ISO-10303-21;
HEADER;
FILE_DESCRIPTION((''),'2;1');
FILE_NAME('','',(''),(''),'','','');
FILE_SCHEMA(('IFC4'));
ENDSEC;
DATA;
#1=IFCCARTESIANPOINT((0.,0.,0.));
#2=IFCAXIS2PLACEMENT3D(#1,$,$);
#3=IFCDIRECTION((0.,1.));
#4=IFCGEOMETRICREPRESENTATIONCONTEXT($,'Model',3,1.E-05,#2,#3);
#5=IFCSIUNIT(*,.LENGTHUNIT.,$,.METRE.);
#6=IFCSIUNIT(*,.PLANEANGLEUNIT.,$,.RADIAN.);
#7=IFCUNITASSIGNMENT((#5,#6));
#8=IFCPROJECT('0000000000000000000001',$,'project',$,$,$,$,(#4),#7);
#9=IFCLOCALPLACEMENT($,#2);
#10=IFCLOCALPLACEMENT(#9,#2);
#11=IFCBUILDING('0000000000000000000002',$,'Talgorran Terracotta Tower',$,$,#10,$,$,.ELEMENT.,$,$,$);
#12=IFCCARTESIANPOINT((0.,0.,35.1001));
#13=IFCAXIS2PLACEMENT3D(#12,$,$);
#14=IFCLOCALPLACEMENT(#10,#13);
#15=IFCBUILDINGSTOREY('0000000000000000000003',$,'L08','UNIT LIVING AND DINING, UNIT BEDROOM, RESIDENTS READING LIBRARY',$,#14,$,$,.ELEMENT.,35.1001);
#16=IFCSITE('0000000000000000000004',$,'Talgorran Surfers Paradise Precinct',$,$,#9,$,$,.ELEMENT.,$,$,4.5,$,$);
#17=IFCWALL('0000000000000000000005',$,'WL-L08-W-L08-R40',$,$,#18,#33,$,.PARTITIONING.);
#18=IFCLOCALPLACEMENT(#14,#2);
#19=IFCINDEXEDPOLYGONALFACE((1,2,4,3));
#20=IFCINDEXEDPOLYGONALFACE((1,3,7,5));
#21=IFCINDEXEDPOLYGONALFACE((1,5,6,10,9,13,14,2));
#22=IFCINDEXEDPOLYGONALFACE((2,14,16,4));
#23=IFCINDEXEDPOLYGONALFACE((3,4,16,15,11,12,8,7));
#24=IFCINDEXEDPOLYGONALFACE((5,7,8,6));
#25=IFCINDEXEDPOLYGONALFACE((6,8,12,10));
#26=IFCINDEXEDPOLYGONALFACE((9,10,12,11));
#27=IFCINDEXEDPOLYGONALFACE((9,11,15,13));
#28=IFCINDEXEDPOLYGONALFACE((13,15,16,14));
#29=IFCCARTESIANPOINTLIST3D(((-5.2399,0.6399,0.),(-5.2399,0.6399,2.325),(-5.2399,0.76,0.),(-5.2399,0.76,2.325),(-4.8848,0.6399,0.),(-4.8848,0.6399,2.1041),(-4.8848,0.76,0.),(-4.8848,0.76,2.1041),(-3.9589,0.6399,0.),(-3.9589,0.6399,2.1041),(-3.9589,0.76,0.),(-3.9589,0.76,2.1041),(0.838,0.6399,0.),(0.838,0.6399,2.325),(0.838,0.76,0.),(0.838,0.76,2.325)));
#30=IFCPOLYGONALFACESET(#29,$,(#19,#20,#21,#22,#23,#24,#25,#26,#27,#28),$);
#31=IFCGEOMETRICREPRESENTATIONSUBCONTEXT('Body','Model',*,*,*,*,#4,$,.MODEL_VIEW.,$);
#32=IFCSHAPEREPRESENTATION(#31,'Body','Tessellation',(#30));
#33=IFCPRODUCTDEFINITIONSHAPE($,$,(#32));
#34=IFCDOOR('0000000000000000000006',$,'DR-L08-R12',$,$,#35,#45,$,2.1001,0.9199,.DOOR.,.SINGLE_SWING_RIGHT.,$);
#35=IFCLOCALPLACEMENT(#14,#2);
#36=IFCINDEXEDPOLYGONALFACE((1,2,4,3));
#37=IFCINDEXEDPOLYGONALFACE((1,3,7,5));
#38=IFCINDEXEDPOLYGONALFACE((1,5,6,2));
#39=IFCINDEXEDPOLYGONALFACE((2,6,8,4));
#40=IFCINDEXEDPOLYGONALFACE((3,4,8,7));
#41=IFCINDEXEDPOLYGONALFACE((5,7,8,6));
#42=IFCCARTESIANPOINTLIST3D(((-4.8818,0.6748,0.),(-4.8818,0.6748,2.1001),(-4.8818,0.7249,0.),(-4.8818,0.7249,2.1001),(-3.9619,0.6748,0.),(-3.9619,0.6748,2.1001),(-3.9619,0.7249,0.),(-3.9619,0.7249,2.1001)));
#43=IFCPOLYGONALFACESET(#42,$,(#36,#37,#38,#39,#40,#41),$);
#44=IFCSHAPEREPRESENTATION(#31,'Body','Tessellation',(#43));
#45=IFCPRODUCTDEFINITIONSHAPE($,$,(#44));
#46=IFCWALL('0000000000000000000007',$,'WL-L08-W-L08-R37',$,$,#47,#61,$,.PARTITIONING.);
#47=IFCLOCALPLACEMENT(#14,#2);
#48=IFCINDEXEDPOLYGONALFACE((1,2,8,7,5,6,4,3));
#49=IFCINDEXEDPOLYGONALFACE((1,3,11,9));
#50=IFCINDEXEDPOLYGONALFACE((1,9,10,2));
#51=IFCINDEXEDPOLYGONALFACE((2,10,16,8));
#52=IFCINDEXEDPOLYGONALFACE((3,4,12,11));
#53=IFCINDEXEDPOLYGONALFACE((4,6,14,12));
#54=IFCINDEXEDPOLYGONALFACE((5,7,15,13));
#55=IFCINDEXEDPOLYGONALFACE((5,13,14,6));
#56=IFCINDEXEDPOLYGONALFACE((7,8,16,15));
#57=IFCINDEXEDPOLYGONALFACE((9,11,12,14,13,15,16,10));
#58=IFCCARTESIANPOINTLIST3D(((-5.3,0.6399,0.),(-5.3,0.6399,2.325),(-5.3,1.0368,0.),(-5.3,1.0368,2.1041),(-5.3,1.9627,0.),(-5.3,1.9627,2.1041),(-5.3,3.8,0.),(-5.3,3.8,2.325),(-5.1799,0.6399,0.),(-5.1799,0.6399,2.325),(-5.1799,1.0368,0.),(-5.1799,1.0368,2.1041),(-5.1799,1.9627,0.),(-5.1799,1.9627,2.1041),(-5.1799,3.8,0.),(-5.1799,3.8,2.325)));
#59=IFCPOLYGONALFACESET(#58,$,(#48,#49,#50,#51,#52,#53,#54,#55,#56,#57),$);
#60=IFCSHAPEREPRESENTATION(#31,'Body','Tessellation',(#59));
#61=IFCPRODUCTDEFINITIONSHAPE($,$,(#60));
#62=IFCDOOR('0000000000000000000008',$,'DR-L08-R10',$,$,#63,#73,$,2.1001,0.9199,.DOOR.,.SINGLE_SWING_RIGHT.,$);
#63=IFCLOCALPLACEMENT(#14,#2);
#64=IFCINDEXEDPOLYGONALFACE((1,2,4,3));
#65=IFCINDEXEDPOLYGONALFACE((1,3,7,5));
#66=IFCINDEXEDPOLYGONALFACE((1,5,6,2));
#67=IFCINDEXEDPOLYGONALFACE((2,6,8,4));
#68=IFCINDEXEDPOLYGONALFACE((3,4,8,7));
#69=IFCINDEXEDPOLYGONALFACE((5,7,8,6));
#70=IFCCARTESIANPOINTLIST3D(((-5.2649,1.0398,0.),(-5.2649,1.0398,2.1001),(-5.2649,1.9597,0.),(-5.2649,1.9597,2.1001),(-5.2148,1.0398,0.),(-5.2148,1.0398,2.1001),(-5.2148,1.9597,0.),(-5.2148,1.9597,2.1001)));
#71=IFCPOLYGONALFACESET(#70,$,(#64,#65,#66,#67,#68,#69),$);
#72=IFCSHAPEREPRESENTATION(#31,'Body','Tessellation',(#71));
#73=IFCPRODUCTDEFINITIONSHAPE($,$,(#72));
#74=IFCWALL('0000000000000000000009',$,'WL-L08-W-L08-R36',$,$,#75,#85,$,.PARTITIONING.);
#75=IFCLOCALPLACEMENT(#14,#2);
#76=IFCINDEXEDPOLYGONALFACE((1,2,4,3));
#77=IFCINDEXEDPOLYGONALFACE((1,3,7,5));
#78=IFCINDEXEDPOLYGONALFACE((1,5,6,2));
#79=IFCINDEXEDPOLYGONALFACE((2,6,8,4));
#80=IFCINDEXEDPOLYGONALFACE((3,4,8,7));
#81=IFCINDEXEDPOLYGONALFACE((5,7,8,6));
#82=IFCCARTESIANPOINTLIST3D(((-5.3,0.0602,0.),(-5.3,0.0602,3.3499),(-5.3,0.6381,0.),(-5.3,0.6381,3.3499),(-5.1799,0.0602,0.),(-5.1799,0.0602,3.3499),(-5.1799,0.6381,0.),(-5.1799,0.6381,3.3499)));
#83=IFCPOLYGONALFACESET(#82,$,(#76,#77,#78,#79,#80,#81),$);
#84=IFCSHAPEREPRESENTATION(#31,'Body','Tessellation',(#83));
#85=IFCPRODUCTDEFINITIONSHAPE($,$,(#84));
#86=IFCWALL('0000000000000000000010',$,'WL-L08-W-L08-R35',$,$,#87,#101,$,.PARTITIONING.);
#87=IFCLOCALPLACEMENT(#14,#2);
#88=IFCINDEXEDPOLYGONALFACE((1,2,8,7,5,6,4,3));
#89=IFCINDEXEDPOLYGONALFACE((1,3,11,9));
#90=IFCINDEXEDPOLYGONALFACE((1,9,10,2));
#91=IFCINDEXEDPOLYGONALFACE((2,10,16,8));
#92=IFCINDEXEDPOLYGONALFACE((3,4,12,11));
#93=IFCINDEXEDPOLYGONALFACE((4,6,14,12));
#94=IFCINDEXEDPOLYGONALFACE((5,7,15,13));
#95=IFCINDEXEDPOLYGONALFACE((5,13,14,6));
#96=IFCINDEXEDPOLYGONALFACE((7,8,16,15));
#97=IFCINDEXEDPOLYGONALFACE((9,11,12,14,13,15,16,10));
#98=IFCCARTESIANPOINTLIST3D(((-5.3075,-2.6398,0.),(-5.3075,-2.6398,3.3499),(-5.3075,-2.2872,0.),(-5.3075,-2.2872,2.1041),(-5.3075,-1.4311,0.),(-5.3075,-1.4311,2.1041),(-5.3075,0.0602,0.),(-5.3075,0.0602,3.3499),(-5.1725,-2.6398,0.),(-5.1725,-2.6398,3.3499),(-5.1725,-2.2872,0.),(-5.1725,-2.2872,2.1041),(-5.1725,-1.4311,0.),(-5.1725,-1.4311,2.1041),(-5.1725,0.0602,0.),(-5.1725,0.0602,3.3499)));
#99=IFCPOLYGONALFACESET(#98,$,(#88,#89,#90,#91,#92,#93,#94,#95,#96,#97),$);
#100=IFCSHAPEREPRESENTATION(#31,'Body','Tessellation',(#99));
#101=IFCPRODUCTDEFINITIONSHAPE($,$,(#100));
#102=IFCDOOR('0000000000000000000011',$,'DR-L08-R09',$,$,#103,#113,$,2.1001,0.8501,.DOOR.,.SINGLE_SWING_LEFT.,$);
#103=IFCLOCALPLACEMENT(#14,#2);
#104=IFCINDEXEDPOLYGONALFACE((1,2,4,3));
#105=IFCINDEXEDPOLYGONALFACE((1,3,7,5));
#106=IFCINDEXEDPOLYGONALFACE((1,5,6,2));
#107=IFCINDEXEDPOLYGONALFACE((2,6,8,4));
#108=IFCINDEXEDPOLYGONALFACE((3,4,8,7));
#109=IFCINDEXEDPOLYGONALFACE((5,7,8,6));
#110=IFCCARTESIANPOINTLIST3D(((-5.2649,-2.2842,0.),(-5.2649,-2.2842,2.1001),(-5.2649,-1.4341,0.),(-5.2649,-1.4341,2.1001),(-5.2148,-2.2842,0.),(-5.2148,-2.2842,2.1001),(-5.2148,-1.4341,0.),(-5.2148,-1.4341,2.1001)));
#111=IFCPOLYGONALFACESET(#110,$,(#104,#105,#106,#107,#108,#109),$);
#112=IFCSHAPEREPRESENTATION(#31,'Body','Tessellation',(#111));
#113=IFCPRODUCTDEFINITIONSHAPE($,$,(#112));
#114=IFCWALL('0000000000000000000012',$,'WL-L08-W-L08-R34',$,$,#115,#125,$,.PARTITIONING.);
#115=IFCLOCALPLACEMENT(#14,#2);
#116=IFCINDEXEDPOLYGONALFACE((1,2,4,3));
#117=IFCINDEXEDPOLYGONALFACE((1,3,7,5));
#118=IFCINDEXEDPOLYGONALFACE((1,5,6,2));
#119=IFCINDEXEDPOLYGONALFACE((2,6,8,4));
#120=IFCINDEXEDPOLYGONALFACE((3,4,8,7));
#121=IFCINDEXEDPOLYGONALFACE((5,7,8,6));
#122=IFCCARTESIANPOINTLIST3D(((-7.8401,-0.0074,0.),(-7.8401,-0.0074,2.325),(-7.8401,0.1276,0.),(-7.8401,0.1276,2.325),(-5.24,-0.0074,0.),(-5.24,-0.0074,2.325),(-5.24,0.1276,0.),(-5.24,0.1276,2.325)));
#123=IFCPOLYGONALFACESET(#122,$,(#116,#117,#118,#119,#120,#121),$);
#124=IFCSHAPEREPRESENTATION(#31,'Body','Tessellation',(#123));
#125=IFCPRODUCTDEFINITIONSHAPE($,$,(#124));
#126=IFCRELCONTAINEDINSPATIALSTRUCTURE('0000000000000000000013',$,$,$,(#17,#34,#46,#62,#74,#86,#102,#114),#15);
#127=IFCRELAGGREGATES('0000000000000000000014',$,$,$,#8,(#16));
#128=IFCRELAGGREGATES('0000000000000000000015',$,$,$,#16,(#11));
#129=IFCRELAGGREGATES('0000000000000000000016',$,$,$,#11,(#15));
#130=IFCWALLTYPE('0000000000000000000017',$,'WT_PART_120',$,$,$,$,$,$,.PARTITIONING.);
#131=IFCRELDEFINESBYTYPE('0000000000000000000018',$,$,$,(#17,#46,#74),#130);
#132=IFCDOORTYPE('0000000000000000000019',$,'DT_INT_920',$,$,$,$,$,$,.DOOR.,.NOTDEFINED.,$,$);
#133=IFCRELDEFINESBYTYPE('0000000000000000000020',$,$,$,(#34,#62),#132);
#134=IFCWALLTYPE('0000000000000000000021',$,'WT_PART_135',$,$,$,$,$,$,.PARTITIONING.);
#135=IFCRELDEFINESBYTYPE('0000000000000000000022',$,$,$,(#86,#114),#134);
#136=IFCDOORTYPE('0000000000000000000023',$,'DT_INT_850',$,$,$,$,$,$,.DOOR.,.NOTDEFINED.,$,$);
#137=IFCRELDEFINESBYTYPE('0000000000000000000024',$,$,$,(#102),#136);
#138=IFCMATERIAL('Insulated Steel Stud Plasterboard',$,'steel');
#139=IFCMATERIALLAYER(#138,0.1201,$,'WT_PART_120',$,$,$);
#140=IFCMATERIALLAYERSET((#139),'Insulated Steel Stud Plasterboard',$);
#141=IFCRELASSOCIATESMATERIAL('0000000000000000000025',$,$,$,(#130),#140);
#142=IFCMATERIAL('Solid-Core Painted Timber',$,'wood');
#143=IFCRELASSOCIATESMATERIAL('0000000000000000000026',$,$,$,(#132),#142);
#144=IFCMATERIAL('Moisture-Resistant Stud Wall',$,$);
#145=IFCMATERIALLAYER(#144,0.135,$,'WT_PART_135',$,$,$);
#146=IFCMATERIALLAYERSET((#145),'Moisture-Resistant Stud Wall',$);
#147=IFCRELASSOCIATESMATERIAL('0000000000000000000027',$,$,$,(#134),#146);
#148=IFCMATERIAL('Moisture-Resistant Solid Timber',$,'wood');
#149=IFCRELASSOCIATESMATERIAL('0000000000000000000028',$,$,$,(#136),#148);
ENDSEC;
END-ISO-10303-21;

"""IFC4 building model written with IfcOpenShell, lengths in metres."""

from ifc_helpers import new_model, si_unit, direction, frame, frame_2d, origin, place, context, subcontext, project, spatial, rectangle, extrude, material, layer, layer_set, type_object, element, fill, save


model = new_model("IFC4")

# Units and contexts
model_context = context("Model", 3, precision=1e-05, world=origin(), true_north=direction((0.0, 1.0)))
body_context = subcontext(model_context, "Body", "Model", "MODEL_VIEW")
ifc_project = project(units=[si_unit("LENGTHUNIT", "METRE"), si_unit("PLANEANGLEUNIT", "RADIAN")], contexts=[model_context])

# Site, building, storey
site_placement = place(None, origin())
site = spatial("IfcSite", under=ifc_project, at=site_placement, Name="Talgorran Surfers Paradise Precinct", CompositionType="ELEMENT", RefElevation=4.5)
building_placement = place(site_placement, origin())
building = spatial("IfcBuilding", under=site, at=building_placement, Name="Talgorran Terracotta Tower", CompositionType="ELEMENT")
storey_placement = place(building_placement, frame((0.0, 0.0, 35.1001)))
storey = spatial("IfcBuildingStorey", under=building, at=storey_placement, Name="L08", Description="UNIT LIVING AND DINING, UNIT BEDROOM, RESIDENTS READING LIBRARY", CompositionType="ELEMENT", Elevation=35.1001)

# Walls, openings, doors
ifc_material_1 = material(Name="Insulated Steel Stud Plasterboard", Category="steel")
ifc_layer_1 = layer(ifc_material_1, 0.1201, Name="WT_PART_120")
ifc_layer_set_1 = layer_set([ifc_layer_1], Name="Insulated Steel Stud Plasterboard")
wall_type_1 = type_object("IfcWallType", Name="WT_PART_120", PredefinedType="PARTITIONING", material=ifc_layer_set_1)
wall_1_placement = place(storey_placement, frame((-5.24, 0.7, 0.0), z_axis=(0.0, 0.0, 1.0), x_axis=(1.0, 0.0, 0.0)))
wall_1 = element("IfcWall", 1, at=wall_1_placement, inside=storey, type_object=wall_type_1, Name="WL-L08-W-L08-R40", PredefinedType="PARTITIONING", context=body_context, shape_type="SweptSolid", body=[
    extrude(rectangle(XDim=6.0779, YDim=0.1201, at=frame_2d((3.0391, 0.0))), origin(), (0.0, 0.0, 1.0), 2.325),
])
opening_1_placement = place(wall_1_placement, frame((0.3582, 0.0, 0.0)))
opening_1 = element("IfcOpeningElement", 2, at=opening_1_placement, cuts=wall_1, PredefinedType="OPENING", context=body_context, shape_type="SweptSolid", body=[
    extrude(rectangle(XDim=0.9259, YDim=2.1041, at=frame_2d((0.46, 1.052))), frame((0.0, 0.0701, 0.0), z_axis=(0.0, -1.0, 0.0), x_axis=(1.0, 0.0, 0.0)), (0.0, 0.0, 1.0), 0.1401),
])
ifc_material_2 = material(Name="Solid-Core Painted Timber", Category="wood")
door_type_1 = type_object("IfcDoorType", Name="DT_INT_920", OperationType="NOTDEFINED", PredefinedType="DOOR", material=ifc_material_2)
door_1_placement = place(opening_1_placement, origin())
door_1 = element("IfcDoor", 3, at=door_1_placement, inside=storey, type_object=door_type_1, Name="DR-L08-R12", OperationType="SINGLE_SWING_RIGHT", OverallHeight=2.1001, OverallWidth=0.9199, PredefinedType="DOOR", context=body_context, shape_type="SweptSolid", body=[
    extrude(rectangle(XDim=0.9199, YDim=2.1001, at=frame_2d((0.46, 1.05))), frame((0.0, 0.0249, 0.0), z_axis=(0.0, -1.0, 0.0), x_axis=(1.0, 0.0, 0.0)), (0.0, 0.0, 1.0), 0.05),
])
fill(opening_1, door_1)
wall_2_placement = place(storey_placement, frame((-5.24, 0.6399, 0.0), z_axis=(0.0, 0.0, 1.0), x_axis=(0.0, 1.0, 0.0)))
wall_2 = element("IfcWall", 4, at=wall_2_placement, inside=storey, type_object=wall_type_1, Name="WL-L08-W-L08-R37", PredefinedType="PARTITIONING", context=body_context, shape_type="SweptSolid", body=[
    extrude(rectangle(XDim=3.1602, YDim=0.1201, at=frame_2d((1.5801, 0.0))), origin(), (0.0, 0.0, 1.0), 2.325),
])
opening_2_placement = place(wall_2_placement, frame((0.3999, 0.0, 0.0)))
opening_2 = element("IfcOpeningElement", 5, at=opening_2_placement, cuts=wall_2, PredefinedType="OPENING", context=body_context, shape_type="SweptSolid", body=[
    extrude(rectangle(XDim=0.9259, YDim=2.1041, at=frame_2d((0.46, 1.052))), frame((0.0, 0.0701, 0.0), z_axis=(0.0, -1.0, 0.0), x_axis=(1.0, 0.0, 0.0)), (0.0, 0.0, 1.0), 0.1401),
])
door_2_placement = place(opening_2_placement, origin())
door_2 = element("IfcDoor", 6, at=door_2_placement, inside=storey, type_object=door_type_1, Name="DR-L08-R10", OperationType="SINGLE_SWING_RIGHT", OverallHeight=2.1001, OverallWidth=0.9199, PredefinedType="DOOR", context=body_context, shape_type="SweptSolid", body=[
    extrude(rectangle(XDim=0.9199, YDim=2.1001, at=frame_2d((0.46, 1.05))), frame((0.0, 0.0249, 0.0), z_axis=(0.0, -1.0, 0.0), x_axis=(1.0, 0.0, 0.0)), (0.0, 0.0, 1.0), 0.05),
])
fill(opening_2, door_2)

# Wall
wall_3_placement = place(storey_placement, frame((-5.24, 0.0601, 0.0), z_axis=(0.0, 0.0, 1.0), x_axis=(0.0, 1.0, 0.0)))
element("IfcWall", 7, at=wall_3_placement, inside=storey, type_object=wall_type_1, Name="WL-L08-W-L08-R36", PredefinedType="PARTITIONING", context=body_context, shape_type="SweptSolid", body=[
    extrude(rectangle(XDim=0.5779, YDim=0.1201, at=frame_2d((0.2891, 0.0))), origin(), (0.0, 0.0, 1.0), 3.3499),
])

# Wall, opening, door
ifc_material_3 = material(Name="Moisture-Resistant Stud Wall")
ifc_layer_2 = layer(ifc_material_3, 0.135, Name="WT_PART_135")
ifc_layer_set_2 = layer_set([ifc_layer_2], Name="Moisture-Resistant Stud Wall")
wall_type_2 = type_object("IfcWallType", Name="WT_PART_135", PredefinedType="PARTITIONING", material=ifc_layer_set_2)
wall_4_placement = place(storey_placement, frame((-5.24, -2.6399, 0.0), z_axis=(0.0, 0.0, 1.0), x_axis=(0.0, 1.0, 0.0)))
wall_4 = element("IfcWall", 8, at=wall_4_placement, inside=storey, type_object=wall_type_2, Name="WL-L08-W-L08-R35", PredefinedType="PARTITIONING", context=body_context, shape_type="SweptSolid", body=[
    extrude(rectangle(XDim=2.7, YDim=0.135, at=frame_2d((1.3501, 0.0))), origin(), (0.0, 0.0, 1.0), 3.3499),
])
opening_3_placement = place(wall_4_placement, frame((0.3557, 0.0, 0.0)))
opening_3 = element("IfcOpeningElement", 9, at=opening_3_placement, cuts=wall_4, PredefinedType="OPENING", context=body_context, shape_type="SweptSolid", body=[
    extrude(rectangle(XDim=0.8561, YDim=2.1041, at=frame_2d((0.425, 1.052))), frame((0.0, 0.0776, 0.0), z_axis=(0.0, -1.0, 0.0), x_axis=(1.0, 0.0, 0.0)), (0.0, 0.0, 1.0), 0.155),
])
ifc_material_4 = material(Name="Moisture-Resistant Solid Timber", Category="wood")
door_type_2 = type_object("IfcDoorType", Name="DT_INT_850", OperationType="NOTDEFINED", PredefinedType="DOOR", material=ifc_material_4)
door_3_placement = place(opening_3_placement, origin())
door_3 = element("IfcDoor", 10, at=door_3_placement, inside=storey, type_object=door_type_2, Name="DR-L08-R09", OperationType="SINGLE_SWING_LEFT", OverallHeight=2.1001, OverallWidth=0.8501, PredefinedType="DOOR", context=body_context, shape_type="SweptSolid", body=[
    extrude(rectangle(XDim=0.8501, YDim=2.1001, at=frame_2d((0.425, 1.05))), frame((0.0, 0.0249, 0.0), z_axis=(0.0, -1.0, 0.0), x_axis=(1.0, 0.0, 0.0)), (0.0, 0.0, 1.0), 0.05),
])
fill(opening_3, door_3)

# Wall
wall_5_placement = place(storey_placement, frame((-7.8401, 0.0601, 0.0), z_axis=(0.0, 0.0, 1.0), x_axis=(1.0, 0.0, 0.0)))
element("IfcWall", 11, at=wall_5_placement, inside=storey, type_object=wall_type_2, Name="WL-L08-W-L08-R34", PredefinedType="PARTITIONING", context=body_context, shape_type="SweptSolid", body=[
    extrude(rectangle(XDim=2.6001, YDim=0.135, at=frame_2d((1.3, 0.0))), origin(), (0.0, 0.0, 1.0), 2.325),
])

save(model, "model.ifc")
